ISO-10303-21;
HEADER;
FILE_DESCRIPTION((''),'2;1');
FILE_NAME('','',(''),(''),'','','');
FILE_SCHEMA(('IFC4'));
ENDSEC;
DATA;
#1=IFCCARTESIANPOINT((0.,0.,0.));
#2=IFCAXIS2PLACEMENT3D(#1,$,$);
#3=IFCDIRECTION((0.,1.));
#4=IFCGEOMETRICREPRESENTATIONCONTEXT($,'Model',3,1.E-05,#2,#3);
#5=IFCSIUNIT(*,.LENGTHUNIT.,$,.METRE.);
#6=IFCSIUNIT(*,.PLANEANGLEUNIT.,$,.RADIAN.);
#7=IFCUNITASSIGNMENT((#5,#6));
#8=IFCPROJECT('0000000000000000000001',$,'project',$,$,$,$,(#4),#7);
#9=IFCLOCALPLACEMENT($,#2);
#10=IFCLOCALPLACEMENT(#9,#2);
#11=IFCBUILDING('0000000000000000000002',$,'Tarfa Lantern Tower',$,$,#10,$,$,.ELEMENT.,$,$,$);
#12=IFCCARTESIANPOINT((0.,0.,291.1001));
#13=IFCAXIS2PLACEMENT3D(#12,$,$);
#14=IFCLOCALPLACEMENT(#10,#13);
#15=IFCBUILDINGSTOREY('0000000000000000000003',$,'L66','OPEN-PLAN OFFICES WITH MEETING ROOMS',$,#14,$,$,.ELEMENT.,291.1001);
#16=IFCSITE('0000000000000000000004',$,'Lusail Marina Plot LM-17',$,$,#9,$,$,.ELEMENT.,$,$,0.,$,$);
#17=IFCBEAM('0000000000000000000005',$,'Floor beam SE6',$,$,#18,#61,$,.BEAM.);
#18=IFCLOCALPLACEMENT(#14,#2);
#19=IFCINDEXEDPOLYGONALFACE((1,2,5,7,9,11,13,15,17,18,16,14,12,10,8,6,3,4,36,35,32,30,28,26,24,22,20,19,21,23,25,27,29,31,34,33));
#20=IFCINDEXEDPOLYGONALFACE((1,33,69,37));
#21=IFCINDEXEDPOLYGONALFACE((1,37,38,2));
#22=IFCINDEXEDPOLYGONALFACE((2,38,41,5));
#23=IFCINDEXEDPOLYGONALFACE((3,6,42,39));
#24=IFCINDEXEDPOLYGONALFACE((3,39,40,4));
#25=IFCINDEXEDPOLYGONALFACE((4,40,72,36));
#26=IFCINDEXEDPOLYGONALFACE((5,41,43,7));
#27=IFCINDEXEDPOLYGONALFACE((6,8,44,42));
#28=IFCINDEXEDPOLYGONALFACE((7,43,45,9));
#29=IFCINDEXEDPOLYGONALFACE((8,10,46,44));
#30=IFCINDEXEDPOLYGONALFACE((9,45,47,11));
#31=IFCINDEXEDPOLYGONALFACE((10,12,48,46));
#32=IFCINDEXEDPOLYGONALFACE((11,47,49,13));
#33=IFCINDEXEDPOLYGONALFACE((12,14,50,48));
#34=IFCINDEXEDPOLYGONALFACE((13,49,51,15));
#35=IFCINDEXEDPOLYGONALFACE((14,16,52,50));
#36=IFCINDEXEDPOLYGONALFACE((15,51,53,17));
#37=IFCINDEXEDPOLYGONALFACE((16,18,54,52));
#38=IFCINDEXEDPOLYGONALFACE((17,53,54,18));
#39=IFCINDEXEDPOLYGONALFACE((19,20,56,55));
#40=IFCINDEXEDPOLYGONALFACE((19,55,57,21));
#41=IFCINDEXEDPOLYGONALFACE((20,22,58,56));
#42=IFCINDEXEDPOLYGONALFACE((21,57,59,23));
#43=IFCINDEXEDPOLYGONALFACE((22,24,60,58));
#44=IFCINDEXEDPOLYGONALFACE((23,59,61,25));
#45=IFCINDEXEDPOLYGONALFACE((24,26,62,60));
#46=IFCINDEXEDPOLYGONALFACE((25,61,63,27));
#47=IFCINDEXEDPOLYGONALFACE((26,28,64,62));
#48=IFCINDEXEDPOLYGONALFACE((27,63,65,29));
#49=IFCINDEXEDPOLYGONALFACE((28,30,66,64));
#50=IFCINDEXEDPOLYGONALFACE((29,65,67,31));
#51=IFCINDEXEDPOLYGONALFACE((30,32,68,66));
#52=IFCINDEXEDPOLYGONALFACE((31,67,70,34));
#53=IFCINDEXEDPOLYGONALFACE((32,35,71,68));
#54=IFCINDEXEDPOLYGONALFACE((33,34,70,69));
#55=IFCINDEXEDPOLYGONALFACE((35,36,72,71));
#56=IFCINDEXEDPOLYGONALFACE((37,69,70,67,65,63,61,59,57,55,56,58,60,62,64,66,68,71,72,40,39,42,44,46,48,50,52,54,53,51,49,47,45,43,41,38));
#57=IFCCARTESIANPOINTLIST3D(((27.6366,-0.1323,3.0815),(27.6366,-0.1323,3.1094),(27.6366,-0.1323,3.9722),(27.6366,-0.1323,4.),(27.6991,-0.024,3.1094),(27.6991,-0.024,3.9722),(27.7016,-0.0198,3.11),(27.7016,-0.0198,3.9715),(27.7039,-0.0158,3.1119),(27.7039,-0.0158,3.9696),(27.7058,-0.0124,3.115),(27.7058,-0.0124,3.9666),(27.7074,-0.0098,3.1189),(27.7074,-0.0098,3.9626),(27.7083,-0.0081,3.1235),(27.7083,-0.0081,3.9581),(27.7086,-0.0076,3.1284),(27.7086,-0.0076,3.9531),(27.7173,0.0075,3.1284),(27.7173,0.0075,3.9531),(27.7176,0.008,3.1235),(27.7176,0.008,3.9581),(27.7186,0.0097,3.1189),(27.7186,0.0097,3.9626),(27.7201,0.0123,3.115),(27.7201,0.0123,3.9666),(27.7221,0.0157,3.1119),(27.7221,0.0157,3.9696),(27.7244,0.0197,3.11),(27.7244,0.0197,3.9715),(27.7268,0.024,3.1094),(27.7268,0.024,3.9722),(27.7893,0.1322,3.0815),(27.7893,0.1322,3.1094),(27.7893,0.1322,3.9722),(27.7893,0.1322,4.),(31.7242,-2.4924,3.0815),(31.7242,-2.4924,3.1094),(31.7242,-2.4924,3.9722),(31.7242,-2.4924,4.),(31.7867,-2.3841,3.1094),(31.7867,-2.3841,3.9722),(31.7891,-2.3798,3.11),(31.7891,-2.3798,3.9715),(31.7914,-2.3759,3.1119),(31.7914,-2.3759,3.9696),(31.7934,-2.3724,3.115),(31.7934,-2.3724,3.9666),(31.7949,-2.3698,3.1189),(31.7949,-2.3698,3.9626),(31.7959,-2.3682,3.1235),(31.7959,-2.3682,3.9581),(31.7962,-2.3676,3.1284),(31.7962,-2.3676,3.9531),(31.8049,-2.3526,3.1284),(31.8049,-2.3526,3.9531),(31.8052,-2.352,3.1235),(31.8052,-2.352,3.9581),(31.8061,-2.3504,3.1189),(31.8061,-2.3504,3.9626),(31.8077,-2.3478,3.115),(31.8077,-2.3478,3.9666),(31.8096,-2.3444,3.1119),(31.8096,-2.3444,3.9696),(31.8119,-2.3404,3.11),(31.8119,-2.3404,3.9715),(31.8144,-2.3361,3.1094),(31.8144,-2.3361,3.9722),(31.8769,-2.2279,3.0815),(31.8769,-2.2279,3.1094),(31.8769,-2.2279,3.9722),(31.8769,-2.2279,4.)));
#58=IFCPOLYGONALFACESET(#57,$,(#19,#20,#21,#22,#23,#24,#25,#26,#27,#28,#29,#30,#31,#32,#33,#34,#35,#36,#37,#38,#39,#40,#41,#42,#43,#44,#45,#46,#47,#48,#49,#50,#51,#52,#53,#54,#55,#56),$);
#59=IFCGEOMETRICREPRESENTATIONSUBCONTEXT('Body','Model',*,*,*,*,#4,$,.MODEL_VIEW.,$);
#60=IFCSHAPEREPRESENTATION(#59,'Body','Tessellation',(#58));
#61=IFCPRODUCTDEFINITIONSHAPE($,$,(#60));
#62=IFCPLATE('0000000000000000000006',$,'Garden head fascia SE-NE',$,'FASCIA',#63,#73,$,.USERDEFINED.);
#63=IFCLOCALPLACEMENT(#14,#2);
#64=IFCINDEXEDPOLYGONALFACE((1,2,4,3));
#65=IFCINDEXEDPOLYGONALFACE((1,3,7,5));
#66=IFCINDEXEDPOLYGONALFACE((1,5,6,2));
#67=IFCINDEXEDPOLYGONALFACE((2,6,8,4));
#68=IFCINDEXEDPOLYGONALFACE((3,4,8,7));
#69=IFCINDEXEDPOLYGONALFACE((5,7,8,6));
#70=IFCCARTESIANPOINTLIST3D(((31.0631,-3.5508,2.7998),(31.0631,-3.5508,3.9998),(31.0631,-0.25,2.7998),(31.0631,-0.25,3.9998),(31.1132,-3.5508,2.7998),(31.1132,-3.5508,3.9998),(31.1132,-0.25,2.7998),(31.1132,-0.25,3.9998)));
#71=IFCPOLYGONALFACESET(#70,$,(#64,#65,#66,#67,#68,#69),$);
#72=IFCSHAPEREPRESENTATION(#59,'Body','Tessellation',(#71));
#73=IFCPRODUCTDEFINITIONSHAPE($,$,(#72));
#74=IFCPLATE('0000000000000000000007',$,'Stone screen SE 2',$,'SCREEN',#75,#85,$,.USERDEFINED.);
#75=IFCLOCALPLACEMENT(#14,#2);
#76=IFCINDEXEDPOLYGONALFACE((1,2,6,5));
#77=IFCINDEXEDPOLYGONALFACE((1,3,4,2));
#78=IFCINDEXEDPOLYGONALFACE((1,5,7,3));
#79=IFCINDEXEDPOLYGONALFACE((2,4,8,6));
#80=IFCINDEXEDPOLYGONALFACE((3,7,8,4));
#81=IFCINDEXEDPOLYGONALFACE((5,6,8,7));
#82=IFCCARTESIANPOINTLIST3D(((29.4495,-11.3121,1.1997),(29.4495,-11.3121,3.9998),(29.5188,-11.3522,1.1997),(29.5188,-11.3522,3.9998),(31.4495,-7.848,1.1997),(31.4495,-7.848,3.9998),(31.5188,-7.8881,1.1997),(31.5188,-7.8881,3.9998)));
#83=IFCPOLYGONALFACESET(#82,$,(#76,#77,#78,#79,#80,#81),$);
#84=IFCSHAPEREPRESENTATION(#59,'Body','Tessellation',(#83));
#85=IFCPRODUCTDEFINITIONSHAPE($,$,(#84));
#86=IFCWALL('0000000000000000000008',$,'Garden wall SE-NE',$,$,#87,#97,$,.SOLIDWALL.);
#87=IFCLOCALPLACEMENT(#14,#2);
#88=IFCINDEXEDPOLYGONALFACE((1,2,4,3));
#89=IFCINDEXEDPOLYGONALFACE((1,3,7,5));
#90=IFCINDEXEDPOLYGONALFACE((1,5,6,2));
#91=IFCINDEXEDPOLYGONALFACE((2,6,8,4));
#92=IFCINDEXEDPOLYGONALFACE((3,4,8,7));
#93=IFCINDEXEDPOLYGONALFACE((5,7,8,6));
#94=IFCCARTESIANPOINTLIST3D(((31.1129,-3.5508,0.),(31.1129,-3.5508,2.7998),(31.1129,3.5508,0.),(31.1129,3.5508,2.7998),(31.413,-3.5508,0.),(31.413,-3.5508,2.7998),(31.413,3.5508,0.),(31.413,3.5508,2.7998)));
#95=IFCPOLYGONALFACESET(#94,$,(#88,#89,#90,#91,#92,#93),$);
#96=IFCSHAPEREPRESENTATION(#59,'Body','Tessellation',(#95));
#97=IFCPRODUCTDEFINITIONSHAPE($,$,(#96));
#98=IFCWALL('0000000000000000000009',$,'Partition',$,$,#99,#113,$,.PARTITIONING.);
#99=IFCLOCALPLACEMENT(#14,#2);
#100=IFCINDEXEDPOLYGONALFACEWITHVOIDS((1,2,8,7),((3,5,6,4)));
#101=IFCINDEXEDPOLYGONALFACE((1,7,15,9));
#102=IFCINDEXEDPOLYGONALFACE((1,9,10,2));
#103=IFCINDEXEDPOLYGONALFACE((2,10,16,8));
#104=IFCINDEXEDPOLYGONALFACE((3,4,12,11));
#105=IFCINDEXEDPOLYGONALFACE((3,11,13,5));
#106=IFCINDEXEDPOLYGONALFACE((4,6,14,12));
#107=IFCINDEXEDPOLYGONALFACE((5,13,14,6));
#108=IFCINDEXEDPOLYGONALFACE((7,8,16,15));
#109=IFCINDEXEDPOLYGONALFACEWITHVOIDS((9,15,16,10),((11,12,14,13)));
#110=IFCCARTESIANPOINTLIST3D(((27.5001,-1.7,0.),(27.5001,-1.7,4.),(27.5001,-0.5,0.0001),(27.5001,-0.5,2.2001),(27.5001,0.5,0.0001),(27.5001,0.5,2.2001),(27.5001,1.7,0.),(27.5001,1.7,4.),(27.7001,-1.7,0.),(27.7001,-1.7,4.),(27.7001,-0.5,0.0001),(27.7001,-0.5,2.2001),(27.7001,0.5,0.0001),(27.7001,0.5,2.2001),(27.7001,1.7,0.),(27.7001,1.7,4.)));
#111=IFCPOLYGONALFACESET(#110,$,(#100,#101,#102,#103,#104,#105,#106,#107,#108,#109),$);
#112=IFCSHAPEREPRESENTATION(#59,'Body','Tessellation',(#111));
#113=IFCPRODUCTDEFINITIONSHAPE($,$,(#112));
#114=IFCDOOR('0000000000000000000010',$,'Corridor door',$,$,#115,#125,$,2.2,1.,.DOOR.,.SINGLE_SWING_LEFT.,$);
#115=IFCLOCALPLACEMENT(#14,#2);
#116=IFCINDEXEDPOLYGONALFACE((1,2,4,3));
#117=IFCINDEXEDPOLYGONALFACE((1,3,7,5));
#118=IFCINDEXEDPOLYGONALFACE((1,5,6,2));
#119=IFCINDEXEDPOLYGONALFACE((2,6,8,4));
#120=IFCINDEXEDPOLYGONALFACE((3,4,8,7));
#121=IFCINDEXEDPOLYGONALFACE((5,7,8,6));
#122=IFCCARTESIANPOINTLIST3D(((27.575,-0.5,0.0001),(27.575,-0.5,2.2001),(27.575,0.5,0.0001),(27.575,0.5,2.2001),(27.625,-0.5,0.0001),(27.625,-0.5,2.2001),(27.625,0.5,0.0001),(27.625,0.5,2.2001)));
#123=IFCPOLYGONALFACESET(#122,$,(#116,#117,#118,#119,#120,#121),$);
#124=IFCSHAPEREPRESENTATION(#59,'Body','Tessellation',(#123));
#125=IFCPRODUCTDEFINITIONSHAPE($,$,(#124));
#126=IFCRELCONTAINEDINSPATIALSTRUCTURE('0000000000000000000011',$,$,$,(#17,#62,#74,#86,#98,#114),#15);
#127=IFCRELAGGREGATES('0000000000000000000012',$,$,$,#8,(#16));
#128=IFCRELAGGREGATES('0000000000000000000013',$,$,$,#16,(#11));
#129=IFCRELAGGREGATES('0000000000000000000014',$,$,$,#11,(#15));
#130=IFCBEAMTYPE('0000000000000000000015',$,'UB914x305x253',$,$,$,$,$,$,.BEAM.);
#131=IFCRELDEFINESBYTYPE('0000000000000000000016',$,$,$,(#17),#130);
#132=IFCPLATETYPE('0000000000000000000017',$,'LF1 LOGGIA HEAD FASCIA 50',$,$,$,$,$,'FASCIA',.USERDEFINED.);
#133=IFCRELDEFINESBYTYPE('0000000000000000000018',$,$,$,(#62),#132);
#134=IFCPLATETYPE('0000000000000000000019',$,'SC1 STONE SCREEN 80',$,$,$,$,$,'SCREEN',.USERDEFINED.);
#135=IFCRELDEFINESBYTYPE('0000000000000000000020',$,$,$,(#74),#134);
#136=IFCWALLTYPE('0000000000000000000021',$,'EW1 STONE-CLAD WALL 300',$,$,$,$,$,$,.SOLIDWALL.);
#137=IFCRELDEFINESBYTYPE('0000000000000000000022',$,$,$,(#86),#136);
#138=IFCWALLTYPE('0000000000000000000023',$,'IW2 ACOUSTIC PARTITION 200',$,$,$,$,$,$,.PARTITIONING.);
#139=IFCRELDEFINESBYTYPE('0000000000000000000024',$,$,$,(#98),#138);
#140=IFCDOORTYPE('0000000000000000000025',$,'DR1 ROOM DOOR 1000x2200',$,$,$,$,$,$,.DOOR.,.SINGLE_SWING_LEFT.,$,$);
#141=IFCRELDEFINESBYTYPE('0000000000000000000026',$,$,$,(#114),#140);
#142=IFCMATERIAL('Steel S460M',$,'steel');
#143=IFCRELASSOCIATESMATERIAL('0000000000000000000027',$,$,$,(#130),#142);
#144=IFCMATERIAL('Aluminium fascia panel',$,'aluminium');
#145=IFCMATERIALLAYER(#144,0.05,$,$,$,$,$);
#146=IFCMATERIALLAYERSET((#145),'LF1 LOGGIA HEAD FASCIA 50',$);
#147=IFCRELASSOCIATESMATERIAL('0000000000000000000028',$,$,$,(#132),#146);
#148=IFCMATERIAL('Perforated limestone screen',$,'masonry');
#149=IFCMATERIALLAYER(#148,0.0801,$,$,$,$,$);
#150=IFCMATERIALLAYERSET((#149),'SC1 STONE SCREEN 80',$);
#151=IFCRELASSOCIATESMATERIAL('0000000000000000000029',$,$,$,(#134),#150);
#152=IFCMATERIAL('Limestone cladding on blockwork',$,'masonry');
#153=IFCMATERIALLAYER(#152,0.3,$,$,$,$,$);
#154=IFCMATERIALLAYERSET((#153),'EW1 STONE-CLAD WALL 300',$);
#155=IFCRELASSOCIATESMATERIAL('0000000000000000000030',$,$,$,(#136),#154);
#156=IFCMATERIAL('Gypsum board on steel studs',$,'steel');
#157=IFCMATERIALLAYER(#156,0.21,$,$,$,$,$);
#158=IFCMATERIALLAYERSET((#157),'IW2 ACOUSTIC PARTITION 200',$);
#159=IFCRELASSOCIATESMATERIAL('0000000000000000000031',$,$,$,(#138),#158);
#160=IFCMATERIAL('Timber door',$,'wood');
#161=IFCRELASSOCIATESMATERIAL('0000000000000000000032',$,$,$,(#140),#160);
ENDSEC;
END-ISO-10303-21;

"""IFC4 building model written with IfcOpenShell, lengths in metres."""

from ifc_helpers import new_model, si_unit, direction, frame, frame_2d, origin, origin_2d, place, context, subcontext, project, spatial, rectangle, i_section, extrude, material, layer, layer_set, material_profile, profile_set, type_object, element, fill, save


model = new_model("IFC4")

# Units and contexts
model_context = context("Model", 3, precision=1e-05, world=origin(), true_north=direction((0.0, 1.0)))
body_context = subcontext(model_context, "Body", "Model", "MODEL_VIEW")
ifc_project = project(units=[si_unit("LENGTHUNIT", "METRE"), si_unit("PLANEANGLEUNIT", "RADIAN")], contexts=[model_context])

# Site, building, storey
site_placement = place(None, origin())
site = spatial("IfcSite", under=ifc_project, at=site_placement, Name="Lusail Marina Plot LM-17", CompositionType="ELEMENT", RefElevation=0.0)
building_placement = place(site_placement, origin())
building = spatial("IfcBuilding", under=site, at=building_placement, Name="Tarfa Lantern Tower", CompositionType="ELEMENT")
storey_placement = place(building_placement, frame((0.0, 0.0, 291.1001)))
storey = spatial("IfcBuildingStorey", under=building, at=storey_placement, Name="L66", Description="OPEN-PLAN OFFICES WITH MEETING ROOMS", CompositionType="ELEMENT", Elevation=291.1001)

# Beam
ifc_material_1 = material(Name="Steel S460M", Category="steel")
ifc_material_profile_1 = material_profile(ifc_material_1, i_section(OverallWidth=0.3054, OverallDepth=0.9185, WebThickness=0.0173, FlangeThickness=0.0278, FilletRadius=0.019, at=origin_2d()), Name="UB914x305x253")
ifc_profile_set_1 = profile_set([ifc_material_profile_1], Name="Steel S460M")
beam_type_1 = type_object("IfcBeamType", Name="UB914x305x253", PredefinedType="BEAM", material=ifc_profile_set_1)
beam_1_placement = place(storey_placement, frame((31.8005, -2.3601, 3.5408), z_axis=(-0.866016, 0.500016, 0.0), x_axis=(-0.500016, -0.866016, 0.0)))
element("IfcBeam", 1, at=beam_1_placement, inside=storey, type_object=beam_type_1, Name="Floor beam SE6", PredefinedType="BEAM", context=body_context, shape_type="SweptSolid", body=[
    extrude(i_section(OverallWidth=0.3054, OverallDepth=0.9185, WebThickness=0.0173, FlangeThickness=0.0278, FilletRadius=0.019, at=origin_2d()), origin(), (0.0, 0.0, 1.0), 4.72),
])

# Plates
ifc_material_2 = material(Name="Aluminium fascia panel", Category="aluminium")
ifc_layer_1 = layer(ifc_material_2, 0.05)
ifc_layer_set_1 = layer_set([ifc_layer_1], Name="LF1 LOGGIA HEAD FASCIA 50")
plate_type_1 = type_object("IfcPlateType", Name="LF1 LOGGIA HEAD FASCIA 50", ElementType="FASCIA", PredefinedType="USERDEFINED", material=ifc_layer_set_1)
plate_1_placement = place(storey_placement, frame((31.0881, -1.9004, 2.7998), z_axis=(0.0, 0.0, 1.0), x_axis=(0.0, 1.0, 0.0)))
element("IfcPlate", 2, at=plate_1_placement, inside=storey, type_object=plate_type_1, Name="Garden head fascia SE-NE", ObjectType="FASCIA", PredefinedType="USERDEFINED", context=body_context, shape_type="SweptSolid", body=[
    extrude(rectangle(XDim=3.3008, YDim=0.05, at=origin_2d()), origin(), (0.0, 0.0, 1.0), 1.2),
])
ifc_material_3 = material(Name="Perforated limestone screen", Category="masonry")
ifc_layer_2 = layer(ifc_material_3, 0.0801)
ifc_layer_set_2 = layer_set([ifc_layer_2], Name="SC1 STONE SCREEN 80")
plate_type_2 = type_object("IfcPlateType", Name="SC1 STONE SCREEN 80", ElementType="SCREEN", PredefinedType="USERDEFINED", material=ifc_layer_set_2)
plate_2_placement = place(storey_placement, frame((30.4841, -9.6001, 1.1997), z_axis=(0.0, 0.0, 1.0), x_axis=(0.5, 0.866025, 0.0)))
element("IfcPlate", 3, at=plate_2_placement, inside=storey, type_object=plate_type_2, Name="Stone screen SE 2", ObjectType="SCREEN", PredefinedType="USERDEFINED", context=body_context, shape_type="SweptSolid", body=[
    extrude(rectangle(XDim=4.0, YDim=0.0801, at=origin_2d()), origin(), (0.0, 0.0, 1.0), 2.8),
])

# Wall
ifc_material_4 = material(Name="Limestone cladding on blockwork", Category="masonry")
ifc_layer_3 = layer(ifc_material_4, 0.3)
ifc_layer_set_3 = layer_set([ifc_layer_3], Name="EW1 STONE-CLAD WALL 300")
wall_type_1 = type_object("IfcWallType", Name="EW1 STONE-CLAD WALL 300", PredefinedType="SOLIDWALL", material=ifc_layer_set_3)
wall_1_placement = place(storey_placement, frame((31.2629, -3.5508, 0.0), z_axis=(0.0, 0.0, 1.0), x_axis=(0.0, 1.0, 0.0)))
element("IfcWall", 4, at=wall_1_placement, inside=storey, type_object=wall_type_1, Name="Garden wall SE-NE", PredefinedType="SOLIDWALL", context=body_context, shape_type="SweptSolid", body=[
    extrude(rectangle(XDim=7.1016, YDim=0.3, at=frame_2d((3.5508, 0.0))), origin(), (0.0, 0.0, 1.0), 2.7998),
])

# Wall, opening, door
ifc_material_5 = material(Name="Gypsum board on steel studs", Category="steel")
ifc_layer_4 = layer(ifc_material_5, 0.21)
ifc_layer_set_4 = layer_set([ifc_layer_4], Name="IW2 ACOUSTIC PARTITION 200")
wall_type_2 = type_object("IfcWallType", Name="IW2 ACOUSTIC PARTITION 200", PredefinedType="PARTITIONING", material=ifc_layer_set_4)
wall_2_placement = place(storey_placement, frame((27.6001, -1.7, 0.0), z_axis=(0.0, 0.0, 1.0), x_axis=(0.0, 1.0, 0.0)))
wall_2 = element("IfcWall", 5, at=wall_2_placement, inside=storey, type_object=wall_type_2, Name="Partition", PredefinedType="PARTITIONING", context=body_context, shape_type="SweptSolid", body=[
    extrude(rectangle(XDim=3.3999, YDim=0.2, at=frame_2d((1.7, 0.0))), origin(), (0.0, 0.0, 1.0), 4.0),
])
opening_placement = place(wall_2_placement, frame((1.2, 0.0, 0.0)))
opening = element("IfcOpeningElement", 6, at=opening_placement, cuts=wall_2, PredefinedType="OPENING", context=body_context, shape_type="SweptSolid", body=[
    extrude(rectangle(XDim=1.0, YDim=2.2, at=frame_2d((0.5, 1.1001))), frame((0.0, 0.1099, 0.0), z_axis=(0.0, -1.0, 0.0), x_axis=(1.0, 0.0, 0.0)), (0.0, 0.0, 1.0), 0.22),
])
ifc_material_6 = material(Name="Timber door", Category="wood")
door_type = type_object("IfcDoorType", Name="DR1 ROOM DOOR 1000x2200", OperationType="SINGLE_SWING_LEFT", PredefinedType="DOOR", material=ifc_material_6)
door_placement = place(opening_placement, frame((1.0, 0.0, 0.0), z_axis=(0.0, 0.0, 1.0), x_axis=(-1.0, 0.0, 0.0)))
door = element("IfcDoor", 7, at=door_placement, inside=storey, type_object=door_type, Name="Corridor door", OperationType="SINGLE_SWING_LEFT", OverallHeight=2.2, OverallWidth=1.0, PredefinedType="DOOR", context=body_context, shape_type="SweptSolid", body=[
    extrude(rectangle(XDim=1.0, YDim=2.2, at=frame_2d((0.5, 1.1001))), frame((0.0, 0.0249, 0.0), z_axis=(0.0, -1.0, 0.0), x_axis=(1.0, 0.0, 0.0)), (0.0, 0.0, 1.0), 0.05),
])
fill(opening, door)

save(model, "model.ifc")
